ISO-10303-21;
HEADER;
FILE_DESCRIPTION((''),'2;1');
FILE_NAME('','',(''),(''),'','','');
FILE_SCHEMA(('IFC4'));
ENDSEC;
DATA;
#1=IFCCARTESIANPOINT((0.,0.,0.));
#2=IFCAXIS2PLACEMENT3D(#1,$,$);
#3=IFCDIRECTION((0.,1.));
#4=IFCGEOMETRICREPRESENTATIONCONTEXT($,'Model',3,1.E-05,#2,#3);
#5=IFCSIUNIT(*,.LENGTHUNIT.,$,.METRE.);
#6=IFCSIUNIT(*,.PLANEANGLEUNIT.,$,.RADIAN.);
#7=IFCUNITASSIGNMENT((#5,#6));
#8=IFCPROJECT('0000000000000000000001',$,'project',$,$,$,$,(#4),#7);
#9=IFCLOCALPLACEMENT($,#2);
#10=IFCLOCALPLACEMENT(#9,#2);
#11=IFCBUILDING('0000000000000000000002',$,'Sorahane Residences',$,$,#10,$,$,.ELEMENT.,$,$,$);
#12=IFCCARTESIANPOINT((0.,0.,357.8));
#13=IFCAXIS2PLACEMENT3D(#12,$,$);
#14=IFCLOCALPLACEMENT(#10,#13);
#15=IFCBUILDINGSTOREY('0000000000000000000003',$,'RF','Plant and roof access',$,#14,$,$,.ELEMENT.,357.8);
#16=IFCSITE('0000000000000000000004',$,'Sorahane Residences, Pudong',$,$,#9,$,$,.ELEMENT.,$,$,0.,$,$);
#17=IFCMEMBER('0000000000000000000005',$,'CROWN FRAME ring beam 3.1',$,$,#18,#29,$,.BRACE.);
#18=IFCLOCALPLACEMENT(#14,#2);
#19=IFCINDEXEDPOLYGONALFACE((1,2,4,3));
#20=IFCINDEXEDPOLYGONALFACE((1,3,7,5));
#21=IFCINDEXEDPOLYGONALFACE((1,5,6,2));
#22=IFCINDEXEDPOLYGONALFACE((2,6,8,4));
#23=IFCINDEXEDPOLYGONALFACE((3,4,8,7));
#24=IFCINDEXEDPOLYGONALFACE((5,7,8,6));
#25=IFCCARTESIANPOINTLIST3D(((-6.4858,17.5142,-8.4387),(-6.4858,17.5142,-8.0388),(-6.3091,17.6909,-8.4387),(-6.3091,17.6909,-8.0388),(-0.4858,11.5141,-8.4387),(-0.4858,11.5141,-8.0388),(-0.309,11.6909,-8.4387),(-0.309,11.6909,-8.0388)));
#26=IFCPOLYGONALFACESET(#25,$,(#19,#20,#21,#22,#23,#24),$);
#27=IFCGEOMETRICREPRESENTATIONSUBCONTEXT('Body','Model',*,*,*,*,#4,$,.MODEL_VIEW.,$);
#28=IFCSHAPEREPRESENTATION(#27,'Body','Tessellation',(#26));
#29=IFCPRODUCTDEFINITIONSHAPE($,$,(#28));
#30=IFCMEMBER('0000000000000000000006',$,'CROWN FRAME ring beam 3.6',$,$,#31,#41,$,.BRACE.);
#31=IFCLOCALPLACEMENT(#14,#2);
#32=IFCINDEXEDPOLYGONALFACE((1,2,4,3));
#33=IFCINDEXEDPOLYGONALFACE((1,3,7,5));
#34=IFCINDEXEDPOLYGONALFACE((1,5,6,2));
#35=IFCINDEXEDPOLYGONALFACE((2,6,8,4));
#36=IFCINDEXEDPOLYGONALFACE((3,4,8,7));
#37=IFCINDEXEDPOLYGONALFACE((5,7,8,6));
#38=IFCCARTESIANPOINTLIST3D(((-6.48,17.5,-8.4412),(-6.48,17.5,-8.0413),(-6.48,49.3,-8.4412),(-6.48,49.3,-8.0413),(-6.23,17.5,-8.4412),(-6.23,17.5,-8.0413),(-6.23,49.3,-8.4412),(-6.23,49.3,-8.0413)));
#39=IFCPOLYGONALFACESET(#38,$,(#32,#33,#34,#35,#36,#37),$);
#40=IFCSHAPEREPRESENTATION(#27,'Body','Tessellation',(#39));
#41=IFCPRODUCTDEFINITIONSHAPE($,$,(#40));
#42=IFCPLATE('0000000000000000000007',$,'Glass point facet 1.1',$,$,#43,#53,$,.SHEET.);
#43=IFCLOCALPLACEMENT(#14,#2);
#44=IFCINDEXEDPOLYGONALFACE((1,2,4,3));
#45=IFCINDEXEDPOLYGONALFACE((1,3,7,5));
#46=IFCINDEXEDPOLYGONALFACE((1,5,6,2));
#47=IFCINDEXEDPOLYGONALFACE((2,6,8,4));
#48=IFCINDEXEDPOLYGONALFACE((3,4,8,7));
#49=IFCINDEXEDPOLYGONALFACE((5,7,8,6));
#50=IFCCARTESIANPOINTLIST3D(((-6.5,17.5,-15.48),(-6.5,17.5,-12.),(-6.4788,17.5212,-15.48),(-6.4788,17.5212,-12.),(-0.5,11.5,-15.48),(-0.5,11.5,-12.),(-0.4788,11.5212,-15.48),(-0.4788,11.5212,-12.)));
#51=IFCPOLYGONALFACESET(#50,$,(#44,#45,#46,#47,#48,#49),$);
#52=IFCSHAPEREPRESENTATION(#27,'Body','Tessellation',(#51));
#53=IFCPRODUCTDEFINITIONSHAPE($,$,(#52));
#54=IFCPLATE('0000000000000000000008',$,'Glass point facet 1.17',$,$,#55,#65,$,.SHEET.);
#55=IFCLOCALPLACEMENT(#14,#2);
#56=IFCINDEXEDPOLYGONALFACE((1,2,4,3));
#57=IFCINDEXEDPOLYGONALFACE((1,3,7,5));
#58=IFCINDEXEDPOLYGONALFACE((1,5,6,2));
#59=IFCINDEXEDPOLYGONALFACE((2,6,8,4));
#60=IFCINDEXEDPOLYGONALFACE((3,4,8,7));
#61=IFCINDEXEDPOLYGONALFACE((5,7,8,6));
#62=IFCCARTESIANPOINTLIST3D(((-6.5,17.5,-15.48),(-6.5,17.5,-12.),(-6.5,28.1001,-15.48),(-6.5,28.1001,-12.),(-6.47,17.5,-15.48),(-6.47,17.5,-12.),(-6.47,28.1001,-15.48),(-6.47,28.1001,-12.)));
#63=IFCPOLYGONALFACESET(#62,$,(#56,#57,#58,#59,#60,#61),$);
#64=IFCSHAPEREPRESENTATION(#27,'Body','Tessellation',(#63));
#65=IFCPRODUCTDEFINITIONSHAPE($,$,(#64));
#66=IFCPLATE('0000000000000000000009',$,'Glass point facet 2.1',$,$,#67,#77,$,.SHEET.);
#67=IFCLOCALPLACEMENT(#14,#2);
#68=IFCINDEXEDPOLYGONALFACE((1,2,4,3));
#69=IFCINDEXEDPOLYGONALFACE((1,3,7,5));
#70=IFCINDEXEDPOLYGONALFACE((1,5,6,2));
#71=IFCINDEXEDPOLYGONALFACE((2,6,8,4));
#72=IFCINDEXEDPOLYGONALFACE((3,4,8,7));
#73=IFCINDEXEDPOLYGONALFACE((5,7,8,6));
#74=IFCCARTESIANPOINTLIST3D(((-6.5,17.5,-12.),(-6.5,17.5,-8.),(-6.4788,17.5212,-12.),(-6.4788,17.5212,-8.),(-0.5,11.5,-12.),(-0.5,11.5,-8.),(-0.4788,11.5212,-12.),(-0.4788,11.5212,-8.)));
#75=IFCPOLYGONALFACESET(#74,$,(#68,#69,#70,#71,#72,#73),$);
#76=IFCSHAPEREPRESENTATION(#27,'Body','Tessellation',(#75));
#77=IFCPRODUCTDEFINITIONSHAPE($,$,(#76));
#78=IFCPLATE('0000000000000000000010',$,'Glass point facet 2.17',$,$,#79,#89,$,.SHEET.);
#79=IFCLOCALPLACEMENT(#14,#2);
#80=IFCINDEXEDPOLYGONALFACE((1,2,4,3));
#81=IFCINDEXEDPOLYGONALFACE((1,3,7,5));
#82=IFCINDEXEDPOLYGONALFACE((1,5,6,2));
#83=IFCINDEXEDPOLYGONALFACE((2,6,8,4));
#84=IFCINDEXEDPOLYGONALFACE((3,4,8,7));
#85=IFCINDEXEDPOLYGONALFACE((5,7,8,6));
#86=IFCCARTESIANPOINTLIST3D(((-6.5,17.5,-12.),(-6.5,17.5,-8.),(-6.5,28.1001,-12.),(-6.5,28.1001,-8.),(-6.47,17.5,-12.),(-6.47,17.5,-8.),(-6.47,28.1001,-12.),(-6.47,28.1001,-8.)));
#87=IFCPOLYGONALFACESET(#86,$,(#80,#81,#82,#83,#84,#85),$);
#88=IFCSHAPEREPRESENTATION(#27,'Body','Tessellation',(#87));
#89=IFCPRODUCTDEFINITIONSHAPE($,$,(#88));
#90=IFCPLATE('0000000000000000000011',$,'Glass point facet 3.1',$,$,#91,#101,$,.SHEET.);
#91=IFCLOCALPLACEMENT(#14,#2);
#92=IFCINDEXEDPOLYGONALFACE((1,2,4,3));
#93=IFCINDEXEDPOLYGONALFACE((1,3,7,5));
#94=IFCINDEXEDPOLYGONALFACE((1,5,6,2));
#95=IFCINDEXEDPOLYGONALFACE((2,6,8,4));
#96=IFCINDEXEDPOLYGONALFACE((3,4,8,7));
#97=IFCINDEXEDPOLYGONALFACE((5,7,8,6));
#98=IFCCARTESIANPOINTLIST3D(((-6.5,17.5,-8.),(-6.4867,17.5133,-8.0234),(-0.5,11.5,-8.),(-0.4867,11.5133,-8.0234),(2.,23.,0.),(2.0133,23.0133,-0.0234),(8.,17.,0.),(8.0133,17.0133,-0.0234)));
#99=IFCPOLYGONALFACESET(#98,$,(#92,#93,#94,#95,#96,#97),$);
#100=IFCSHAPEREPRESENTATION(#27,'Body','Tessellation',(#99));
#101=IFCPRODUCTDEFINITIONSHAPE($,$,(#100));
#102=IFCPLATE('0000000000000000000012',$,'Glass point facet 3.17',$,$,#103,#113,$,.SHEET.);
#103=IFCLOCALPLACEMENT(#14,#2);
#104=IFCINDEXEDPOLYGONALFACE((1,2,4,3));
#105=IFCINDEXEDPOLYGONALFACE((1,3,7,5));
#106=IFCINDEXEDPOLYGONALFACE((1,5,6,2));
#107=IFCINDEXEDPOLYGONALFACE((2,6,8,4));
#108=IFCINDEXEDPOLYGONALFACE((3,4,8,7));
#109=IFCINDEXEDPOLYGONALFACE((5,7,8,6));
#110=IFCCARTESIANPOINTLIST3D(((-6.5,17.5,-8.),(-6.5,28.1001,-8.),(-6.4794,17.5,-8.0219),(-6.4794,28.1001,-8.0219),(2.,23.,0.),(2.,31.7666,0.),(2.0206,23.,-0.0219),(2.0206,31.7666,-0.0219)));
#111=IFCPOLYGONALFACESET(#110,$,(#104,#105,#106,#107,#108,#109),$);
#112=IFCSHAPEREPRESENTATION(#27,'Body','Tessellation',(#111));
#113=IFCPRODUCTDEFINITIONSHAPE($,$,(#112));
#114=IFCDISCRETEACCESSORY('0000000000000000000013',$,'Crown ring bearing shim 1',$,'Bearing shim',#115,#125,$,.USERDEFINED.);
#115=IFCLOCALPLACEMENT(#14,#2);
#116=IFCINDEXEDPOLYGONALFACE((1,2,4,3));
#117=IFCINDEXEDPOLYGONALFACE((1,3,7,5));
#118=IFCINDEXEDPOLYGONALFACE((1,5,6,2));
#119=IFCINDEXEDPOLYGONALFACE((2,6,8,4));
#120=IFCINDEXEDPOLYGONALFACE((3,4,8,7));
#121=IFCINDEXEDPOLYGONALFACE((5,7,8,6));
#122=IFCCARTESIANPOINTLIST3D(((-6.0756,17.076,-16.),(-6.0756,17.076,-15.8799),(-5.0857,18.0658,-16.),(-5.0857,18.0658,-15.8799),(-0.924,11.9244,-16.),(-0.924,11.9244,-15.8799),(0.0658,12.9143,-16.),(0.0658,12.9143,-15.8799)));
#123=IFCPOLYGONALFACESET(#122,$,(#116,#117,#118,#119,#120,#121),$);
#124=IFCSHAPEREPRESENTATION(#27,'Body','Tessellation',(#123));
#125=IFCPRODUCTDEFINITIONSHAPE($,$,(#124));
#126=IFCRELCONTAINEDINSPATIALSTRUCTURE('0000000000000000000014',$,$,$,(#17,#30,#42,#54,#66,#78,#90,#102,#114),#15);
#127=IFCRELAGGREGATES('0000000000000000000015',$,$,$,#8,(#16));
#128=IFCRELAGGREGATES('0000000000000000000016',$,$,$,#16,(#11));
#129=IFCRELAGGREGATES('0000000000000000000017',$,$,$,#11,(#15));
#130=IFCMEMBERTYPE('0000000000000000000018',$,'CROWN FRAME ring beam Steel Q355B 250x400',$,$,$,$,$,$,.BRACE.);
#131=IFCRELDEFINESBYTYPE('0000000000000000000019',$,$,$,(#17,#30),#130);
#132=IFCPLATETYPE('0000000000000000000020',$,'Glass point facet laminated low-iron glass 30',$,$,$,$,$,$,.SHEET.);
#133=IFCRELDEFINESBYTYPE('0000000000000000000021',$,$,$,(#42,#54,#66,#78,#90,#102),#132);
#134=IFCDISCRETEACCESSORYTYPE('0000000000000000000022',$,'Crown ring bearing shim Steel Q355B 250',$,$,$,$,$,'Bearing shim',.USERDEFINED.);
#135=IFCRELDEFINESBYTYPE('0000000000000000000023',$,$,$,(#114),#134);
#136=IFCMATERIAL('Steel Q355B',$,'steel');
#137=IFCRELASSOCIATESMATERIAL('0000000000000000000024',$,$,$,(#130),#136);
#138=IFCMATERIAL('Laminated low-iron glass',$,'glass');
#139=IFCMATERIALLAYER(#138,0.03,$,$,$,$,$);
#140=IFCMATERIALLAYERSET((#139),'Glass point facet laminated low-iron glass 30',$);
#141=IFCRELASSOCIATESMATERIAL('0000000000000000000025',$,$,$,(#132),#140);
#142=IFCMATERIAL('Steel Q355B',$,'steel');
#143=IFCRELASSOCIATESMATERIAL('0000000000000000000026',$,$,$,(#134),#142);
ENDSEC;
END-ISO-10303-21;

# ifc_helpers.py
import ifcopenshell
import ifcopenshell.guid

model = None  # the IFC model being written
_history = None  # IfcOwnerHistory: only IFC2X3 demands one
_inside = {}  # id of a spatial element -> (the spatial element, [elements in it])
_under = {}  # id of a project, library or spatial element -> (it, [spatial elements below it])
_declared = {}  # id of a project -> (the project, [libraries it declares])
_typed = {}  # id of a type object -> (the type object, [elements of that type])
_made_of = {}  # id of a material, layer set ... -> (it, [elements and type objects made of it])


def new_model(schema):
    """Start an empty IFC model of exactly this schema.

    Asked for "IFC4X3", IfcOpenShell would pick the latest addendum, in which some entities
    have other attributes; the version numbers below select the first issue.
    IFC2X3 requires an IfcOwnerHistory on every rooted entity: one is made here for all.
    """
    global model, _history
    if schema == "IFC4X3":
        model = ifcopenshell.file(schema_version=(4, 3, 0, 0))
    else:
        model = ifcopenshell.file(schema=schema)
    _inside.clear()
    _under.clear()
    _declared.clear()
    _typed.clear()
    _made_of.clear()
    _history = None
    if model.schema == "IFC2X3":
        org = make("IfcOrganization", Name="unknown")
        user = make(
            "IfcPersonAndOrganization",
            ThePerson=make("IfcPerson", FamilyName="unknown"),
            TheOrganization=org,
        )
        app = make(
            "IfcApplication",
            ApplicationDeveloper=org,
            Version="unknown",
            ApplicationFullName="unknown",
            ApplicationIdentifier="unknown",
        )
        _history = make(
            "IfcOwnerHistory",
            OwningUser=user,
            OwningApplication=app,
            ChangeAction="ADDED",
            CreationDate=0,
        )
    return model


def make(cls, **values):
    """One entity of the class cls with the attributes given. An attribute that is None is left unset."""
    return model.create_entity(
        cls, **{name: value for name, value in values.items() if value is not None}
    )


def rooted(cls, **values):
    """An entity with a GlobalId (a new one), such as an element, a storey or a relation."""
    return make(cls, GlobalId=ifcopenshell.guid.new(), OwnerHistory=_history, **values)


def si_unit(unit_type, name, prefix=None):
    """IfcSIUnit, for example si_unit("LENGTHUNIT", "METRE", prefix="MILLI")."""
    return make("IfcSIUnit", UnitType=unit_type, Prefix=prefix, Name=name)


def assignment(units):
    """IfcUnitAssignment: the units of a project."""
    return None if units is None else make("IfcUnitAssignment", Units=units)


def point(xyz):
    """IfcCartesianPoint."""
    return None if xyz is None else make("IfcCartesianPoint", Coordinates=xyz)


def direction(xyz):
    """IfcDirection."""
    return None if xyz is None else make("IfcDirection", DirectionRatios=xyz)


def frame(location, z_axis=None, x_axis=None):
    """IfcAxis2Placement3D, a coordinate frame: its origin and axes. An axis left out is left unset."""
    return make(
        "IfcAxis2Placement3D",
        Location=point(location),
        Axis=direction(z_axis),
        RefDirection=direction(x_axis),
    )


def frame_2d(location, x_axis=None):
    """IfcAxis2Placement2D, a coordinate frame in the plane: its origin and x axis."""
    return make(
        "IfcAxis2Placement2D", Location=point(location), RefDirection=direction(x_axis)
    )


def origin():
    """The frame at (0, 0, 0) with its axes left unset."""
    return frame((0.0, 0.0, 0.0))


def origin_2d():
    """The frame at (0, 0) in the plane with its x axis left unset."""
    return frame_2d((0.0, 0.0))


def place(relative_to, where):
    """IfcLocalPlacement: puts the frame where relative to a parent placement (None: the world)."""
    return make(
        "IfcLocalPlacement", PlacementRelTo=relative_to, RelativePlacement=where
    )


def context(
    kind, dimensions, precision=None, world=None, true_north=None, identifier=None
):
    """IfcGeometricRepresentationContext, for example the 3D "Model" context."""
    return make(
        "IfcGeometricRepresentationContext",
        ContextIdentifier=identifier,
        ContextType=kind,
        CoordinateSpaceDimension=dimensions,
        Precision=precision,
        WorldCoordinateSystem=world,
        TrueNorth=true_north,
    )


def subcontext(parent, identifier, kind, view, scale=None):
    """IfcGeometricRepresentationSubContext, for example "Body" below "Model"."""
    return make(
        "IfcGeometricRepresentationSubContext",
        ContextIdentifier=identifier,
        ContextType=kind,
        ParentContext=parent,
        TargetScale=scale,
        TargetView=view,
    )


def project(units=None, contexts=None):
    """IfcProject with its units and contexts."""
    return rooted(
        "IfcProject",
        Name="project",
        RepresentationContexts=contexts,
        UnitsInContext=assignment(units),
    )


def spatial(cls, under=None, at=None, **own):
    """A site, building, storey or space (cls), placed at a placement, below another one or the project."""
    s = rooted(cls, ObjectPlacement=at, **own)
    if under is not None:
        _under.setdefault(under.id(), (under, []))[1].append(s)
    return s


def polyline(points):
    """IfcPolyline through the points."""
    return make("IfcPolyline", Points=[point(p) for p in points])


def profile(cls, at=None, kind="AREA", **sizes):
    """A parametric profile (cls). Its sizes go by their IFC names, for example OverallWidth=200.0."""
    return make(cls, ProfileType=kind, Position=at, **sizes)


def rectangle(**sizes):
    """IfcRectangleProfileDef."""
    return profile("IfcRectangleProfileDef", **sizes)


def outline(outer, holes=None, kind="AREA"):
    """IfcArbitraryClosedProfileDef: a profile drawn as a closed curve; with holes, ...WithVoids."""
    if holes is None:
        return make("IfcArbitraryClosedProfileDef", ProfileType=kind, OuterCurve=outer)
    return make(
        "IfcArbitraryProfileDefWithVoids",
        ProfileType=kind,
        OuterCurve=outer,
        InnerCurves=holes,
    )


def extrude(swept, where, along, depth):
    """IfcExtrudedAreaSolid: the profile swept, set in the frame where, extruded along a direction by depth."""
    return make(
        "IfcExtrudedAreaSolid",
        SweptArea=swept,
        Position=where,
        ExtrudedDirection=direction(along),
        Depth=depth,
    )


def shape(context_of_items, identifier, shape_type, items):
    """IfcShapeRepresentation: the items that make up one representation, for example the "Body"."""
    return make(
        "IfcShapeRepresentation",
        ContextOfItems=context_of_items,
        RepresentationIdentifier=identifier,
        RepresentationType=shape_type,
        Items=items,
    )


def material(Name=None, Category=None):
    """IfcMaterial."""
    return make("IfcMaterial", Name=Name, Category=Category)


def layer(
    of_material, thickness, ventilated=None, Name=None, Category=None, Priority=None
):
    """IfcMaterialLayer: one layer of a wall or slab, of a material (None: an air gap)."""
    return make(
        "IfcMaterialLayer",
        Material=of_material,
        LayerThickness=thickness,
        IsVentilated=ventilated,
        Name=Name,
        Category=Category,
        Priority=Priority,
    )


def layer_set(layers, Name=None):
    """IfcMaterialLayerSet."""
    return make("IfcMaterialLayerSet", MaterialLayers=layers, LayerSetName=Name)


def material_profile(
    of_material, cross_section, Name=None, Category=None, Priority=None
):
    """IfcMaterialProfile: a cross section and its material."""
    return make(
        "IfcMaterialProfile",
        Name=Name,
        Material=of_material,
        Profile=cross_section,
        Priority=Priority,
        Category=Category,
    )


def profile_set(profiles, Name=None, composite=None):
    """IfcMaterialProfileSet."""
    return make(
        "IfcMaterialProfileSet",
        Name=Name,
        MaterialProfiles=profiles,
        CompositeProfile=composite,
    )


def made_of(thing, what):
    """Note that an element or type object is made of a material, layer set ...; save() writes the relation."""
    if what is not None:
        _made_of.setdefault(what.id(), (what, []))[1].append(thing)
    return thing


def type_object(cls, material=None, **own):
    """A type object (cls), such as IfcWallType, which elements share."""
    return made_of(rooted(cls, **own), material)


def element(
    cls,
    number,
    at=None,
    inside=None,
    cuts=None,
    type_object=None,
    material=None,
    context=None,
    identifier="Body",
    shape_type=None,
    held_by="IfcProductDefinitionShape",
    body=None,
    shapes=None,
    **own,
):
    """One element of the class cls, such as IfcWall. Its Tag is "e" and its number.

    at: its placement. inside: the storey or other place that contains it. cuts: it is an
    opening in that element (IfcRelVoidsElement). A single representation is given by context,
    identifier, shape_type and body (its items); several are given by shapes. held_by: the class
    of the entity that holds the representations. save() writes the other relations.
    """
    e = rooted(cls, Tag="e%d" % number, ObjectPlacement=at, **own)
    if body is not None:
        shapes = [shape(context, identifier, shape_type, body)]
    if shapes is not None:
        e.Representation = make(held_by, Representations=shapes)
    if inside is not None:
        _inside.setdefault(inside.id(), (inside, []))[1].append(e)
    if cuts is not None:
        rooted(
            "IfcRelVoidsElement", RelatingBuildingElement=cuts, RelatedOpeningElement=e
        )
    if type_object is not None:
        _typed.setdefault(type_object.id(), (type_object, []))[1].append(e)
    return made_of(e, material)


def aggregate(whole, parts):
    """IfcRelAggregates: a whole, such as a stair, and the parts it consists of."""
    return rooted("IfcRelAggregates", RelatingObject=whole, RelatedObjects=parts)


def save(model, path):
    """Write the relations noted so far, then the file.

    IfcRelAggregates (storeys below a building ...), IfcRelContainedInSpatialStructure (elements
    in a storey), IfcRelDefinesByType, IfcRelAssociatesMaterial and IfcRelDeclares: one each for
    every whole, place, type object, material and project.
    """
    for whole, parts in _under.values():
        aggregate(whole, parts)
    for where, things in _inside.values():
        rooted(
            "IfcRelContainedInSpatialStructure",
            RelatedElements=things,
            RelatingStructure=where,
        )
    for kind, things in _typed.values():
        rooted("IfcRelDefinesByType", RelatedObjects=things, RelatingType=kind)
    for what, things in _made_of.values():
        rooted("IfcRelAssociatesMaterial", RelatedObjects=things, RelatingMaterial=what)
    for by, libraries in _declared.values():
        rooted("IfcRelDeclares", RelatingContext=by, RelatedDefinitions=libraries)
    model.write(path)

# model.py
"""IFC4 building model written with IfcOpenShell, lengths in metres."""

from ifc_helpers import new_model, si_unit, direction, frame, origin, origin_2d, place, context, subcontext, project, spatial, polyline, rectangle, outline, extrude, material, layer, layer_set, material_profile, profile_set, type_object, element, save


model = new_model("IFC4")

# Units and contexts
model_context = context("Model", 3, precision=1e-05, world=origin(), true_north=direction((0.0, 1.0)))
body_context = subcontext(model_context, "Body", "Model", "MODEL_VIEW")
ifc_project = project(units=[si_unit("LENGTHUNIT", "METRE"), si_unit("PLANEANGLEUNIT", "RADIAN")], contexts=[model_context])

# Site, building, storey
site_placement = place(None, origin())
site = spatial("IfcSite", under=ifc_project, at=site_placement, Name="Sorahane Residences, Pudong", CompositionType="ELEMENT", RefElevation=0.0)
building_placement = place(site_placement, origin())
building = spatial("IfcBuilding", under=site, at=building_placement, Name="Sorahane Residences", CompositionType="ELEMENT")
storey_placement = place(building_placement, frame((0.0, 0.0, 357.8)))
storey = spatial("IfcBuildingStorey", under=building, at=storey_placement, Name="RF", Description="Plant and roof access", CompositionType="ELEMENT", Elevation=357.8)

# Members
ifc_material_1 = material(Name="Steel Q355B", Category="steel")
ifc_material_profile_1 = material_profile(ifc_material_1, rectangle(XDim=0.25, YDim=0.3999, at=origin_2d()), Name="CROWN FRAME ring beam Steel Q355B 250x400")
ifc_profile_set_1 = profile_set([ifc_material_profile_1], Name="Steel Q355B")
member_type_1 = type_object("IfcMemberType", Name="CROWN FRAME ring beam Steel Q355B 250x400", PredefinedType="BRACE", material=ifc_profile_set_1)
member_1_placement = place(storey_placement, frame((-6.3975, 17.6025, -8.2388), z_axis=(0.707107, -0.707107, 0.0), x_axis=(0.707107, 0.707107, 0.0)))
element("IfcMember", 1, at=member_1_placement, inside=storey, type_object=member_type_1, Name="CROWN FRAME ring beam 3.1", PredefinedType="BRACE", context=body_context, shape_type="SweptSolid", body=[
    extrude(rectangle(XDim=0.25, YDim=0.3999, at=origin_2d()), origin(), (0.0, 0.0, 1.0), 8.4854),
])
member_2_placement = place(storey_placement, frame((-6.355, 17.5, -8.2412), z_axis=(0.0, 1.0, 0.0), x_axis=(-1.0, 0.0, 0.0)))
element("IfcMember", 2, at=member_2_placement, inside=storey, type_object=member_type_1, Name="CROWN FRAME ring beam 3.6", PredefinedType="BRACE", context=body_context, shape_type="SweptSolid", body=[
    extrude(rectangle(XDim=0.25, YDim=0.3999, at=origin_2d()), origin(), (0.0, 0.0, 1.0), 31.8),
])

# Plates
ifc_material_2 = material(Name="Laminated low-iron glass", Category="glass")
ifc_layer = layer(ifc_material_2, 0.03)
ifc_layer_set = layer_set([ifc_layer], Name="Glass point facet laminated low-iron glass 30")
plate_type = type_object("IfcPlateType", Name="Glass point facet laminated low-iron glass 30", PredefinedType="SHEET", material=ifc_layer_set)
plate_1_placement = place(storey_placement, frame((-6.5, 17.5, -15.48), z_axis=(-0.707107, -0.707107, 0.0), x_axis=(0.707107, -0.707107, 0.0)))
element("IfcPlate", 3, at=plate_1_placement, inside=storey, type_object=plate_type, Name="Glass point facet 1.1", PredefinedType="SHEET", context=body_context, shape_type="SweptSolid", body=[
    extrude(outline(polyline([(0.0, 0.0), (8.4853, 0.0), (8.4853, 3.48), (0.0, 3.48), (0.0, 0.0)])), origin(), (0.0, 0.0, -1.0), 0.03),
])
plate_2_placement = place(storey_placement, frame((-6.5, 28.1001, -15.48), z_axis=(-1.0, 0.0, 0.0), x_axis=(0.0, -1.0, 0.0)))
element("IfcPlate", 4, at=plate_2_placement, inside=storey, type_object=plate_type, Name="Glass point facet 1.17", PredefinedType="SHEET", context=body_context, shape_type="SweptSolid", body=[
    extrude(outline(polyline([(0.0, 0.0), (10.6001, 0.0), (10.6001, 3.48), (0.0, 3.48), (0.0, 0.0)])), origin(), (0.0, 0.0, -1.0), 0.03),
])
plate_3_placement = place(storey_placement, frame((-6.5, 17.5, -12.0), z_axis=(-0.707107, -0.707107, 0.0), x_axis=(0.707107, -0.707107, 0.0)))
element("IfcPlate", 5, at=plate_3_placement, inside=storey, type_object=plate_type, Name="Glass point facet 2.1", PredefinedType="SHEET", context=body_context, shape_type="SweptSolid", body=[
    extrude(outline(polyline([(0.0, 0.0), (8.4853, 0.0), (8.4853, 4.0), (0.0, 4.0), (0.0, 0.0)])), origin(), (0.0, 0.0, -1.0), 0.03),
])
plate_4_placement = place(storey_placement, frame((-6.5, 28.1001, -12.0), z_axis=(-1.0, 0.0, 0.0), x_axis=(0.0, -1.0, 0.0)))
element("IfcPlate", 6, at=plate_4_placement, inside=storey, type_object=plate_type, Name="Glass point facet 2.17", PredefinedType="SHEET", context=body_context, shape_type="SweptSolid", body=[
    extrude(outline(polyline([(0.0, 0.0), (10.6001, 0.0), (10.6001, 4.0), (0.0, 4.0), (0.0, 0.0)])), origin(), (0.0, 0.0, -1.0), 0.03),
])
plate_5_placement = place(storey_placement, frame((-6.5, 17.5, -8.0), z_axis=(-0.444444, -0.444444, 0.777778), x_axis=(0.707107, -0.707107, 0.0)))
element("IfcPlate", 7, at=plate_5_placement, inside=storey, type_object=plate_type, Name="Glass point facet 3.1", PredefinedType="SHEET", context=body_context, shape_type="SweptSolid", body=[
    extrude(outline(polyline([(0.0, 0.0), (8.4853, 0.0), (10.6066, 12.7279), (2.1213, 12.7279), (0.0, 0.0)])), origin(), (0.0, 0.0, -1.0), 0.03),
])
plate_6_placement = place(storey_placement, frame((-6.5, 28.1001, -8.0), z_axis=(-0.685365, 0.0, 0.7282), x_axis=(0.0, -1.0, 0.0)))
element("IfcPlate", 8, at=plate_6_placement, inside=storey, type_object=plate_type, Name="Glass point facet 3.17", PredefinedType="SHEET", context=body_context, shape_type="SweptSolid", body=[
    extrude(outline(polyline([(0.0, 0.0), (10.6001, 0.0), (5.1001, 11.6726), (-3.6665, 11.6726), (0.0, 0.0)])), origin(), (0.0, 0.0, -1.0), 0.03),
])

# Discrete accessory
ifc_material_3 = material(Name="Steel Q355B", Category="steel")
discrete_accessory_type = type_object("IfcDiscreteAccessoryType", Name="Crown ring bearing shim Steel Q355B 250", ElementType="Bearing shim", PredefinedType="USERDEFINED", material=ifc_material_3)
discrete_accessory_placement = place(storey_placement, frame((-3.0049, 14.9951, -16.0), z_axis=(0.0, 0.0, 1.0), x_axis=(0.707107, -0.707107, 0.0)))
element("IfcDiscreteAccessory", 9, at=discrete_accessory_placement, inside=storey, type_object=discrete_accessory_type, Name="Crown ring bearing shim 1", ObjectType="Bearing shim", PredefinedType="USERDEFINED", context=body_context, shape_type="SweptSolid", body=[
    extrude(rectangle(XDim=7.2854, YDim=1.3999, at=origin_2d()), origin(), (0.0, 0.0, 1.0), 0.1201),
])

save(model, "model.ifc")
